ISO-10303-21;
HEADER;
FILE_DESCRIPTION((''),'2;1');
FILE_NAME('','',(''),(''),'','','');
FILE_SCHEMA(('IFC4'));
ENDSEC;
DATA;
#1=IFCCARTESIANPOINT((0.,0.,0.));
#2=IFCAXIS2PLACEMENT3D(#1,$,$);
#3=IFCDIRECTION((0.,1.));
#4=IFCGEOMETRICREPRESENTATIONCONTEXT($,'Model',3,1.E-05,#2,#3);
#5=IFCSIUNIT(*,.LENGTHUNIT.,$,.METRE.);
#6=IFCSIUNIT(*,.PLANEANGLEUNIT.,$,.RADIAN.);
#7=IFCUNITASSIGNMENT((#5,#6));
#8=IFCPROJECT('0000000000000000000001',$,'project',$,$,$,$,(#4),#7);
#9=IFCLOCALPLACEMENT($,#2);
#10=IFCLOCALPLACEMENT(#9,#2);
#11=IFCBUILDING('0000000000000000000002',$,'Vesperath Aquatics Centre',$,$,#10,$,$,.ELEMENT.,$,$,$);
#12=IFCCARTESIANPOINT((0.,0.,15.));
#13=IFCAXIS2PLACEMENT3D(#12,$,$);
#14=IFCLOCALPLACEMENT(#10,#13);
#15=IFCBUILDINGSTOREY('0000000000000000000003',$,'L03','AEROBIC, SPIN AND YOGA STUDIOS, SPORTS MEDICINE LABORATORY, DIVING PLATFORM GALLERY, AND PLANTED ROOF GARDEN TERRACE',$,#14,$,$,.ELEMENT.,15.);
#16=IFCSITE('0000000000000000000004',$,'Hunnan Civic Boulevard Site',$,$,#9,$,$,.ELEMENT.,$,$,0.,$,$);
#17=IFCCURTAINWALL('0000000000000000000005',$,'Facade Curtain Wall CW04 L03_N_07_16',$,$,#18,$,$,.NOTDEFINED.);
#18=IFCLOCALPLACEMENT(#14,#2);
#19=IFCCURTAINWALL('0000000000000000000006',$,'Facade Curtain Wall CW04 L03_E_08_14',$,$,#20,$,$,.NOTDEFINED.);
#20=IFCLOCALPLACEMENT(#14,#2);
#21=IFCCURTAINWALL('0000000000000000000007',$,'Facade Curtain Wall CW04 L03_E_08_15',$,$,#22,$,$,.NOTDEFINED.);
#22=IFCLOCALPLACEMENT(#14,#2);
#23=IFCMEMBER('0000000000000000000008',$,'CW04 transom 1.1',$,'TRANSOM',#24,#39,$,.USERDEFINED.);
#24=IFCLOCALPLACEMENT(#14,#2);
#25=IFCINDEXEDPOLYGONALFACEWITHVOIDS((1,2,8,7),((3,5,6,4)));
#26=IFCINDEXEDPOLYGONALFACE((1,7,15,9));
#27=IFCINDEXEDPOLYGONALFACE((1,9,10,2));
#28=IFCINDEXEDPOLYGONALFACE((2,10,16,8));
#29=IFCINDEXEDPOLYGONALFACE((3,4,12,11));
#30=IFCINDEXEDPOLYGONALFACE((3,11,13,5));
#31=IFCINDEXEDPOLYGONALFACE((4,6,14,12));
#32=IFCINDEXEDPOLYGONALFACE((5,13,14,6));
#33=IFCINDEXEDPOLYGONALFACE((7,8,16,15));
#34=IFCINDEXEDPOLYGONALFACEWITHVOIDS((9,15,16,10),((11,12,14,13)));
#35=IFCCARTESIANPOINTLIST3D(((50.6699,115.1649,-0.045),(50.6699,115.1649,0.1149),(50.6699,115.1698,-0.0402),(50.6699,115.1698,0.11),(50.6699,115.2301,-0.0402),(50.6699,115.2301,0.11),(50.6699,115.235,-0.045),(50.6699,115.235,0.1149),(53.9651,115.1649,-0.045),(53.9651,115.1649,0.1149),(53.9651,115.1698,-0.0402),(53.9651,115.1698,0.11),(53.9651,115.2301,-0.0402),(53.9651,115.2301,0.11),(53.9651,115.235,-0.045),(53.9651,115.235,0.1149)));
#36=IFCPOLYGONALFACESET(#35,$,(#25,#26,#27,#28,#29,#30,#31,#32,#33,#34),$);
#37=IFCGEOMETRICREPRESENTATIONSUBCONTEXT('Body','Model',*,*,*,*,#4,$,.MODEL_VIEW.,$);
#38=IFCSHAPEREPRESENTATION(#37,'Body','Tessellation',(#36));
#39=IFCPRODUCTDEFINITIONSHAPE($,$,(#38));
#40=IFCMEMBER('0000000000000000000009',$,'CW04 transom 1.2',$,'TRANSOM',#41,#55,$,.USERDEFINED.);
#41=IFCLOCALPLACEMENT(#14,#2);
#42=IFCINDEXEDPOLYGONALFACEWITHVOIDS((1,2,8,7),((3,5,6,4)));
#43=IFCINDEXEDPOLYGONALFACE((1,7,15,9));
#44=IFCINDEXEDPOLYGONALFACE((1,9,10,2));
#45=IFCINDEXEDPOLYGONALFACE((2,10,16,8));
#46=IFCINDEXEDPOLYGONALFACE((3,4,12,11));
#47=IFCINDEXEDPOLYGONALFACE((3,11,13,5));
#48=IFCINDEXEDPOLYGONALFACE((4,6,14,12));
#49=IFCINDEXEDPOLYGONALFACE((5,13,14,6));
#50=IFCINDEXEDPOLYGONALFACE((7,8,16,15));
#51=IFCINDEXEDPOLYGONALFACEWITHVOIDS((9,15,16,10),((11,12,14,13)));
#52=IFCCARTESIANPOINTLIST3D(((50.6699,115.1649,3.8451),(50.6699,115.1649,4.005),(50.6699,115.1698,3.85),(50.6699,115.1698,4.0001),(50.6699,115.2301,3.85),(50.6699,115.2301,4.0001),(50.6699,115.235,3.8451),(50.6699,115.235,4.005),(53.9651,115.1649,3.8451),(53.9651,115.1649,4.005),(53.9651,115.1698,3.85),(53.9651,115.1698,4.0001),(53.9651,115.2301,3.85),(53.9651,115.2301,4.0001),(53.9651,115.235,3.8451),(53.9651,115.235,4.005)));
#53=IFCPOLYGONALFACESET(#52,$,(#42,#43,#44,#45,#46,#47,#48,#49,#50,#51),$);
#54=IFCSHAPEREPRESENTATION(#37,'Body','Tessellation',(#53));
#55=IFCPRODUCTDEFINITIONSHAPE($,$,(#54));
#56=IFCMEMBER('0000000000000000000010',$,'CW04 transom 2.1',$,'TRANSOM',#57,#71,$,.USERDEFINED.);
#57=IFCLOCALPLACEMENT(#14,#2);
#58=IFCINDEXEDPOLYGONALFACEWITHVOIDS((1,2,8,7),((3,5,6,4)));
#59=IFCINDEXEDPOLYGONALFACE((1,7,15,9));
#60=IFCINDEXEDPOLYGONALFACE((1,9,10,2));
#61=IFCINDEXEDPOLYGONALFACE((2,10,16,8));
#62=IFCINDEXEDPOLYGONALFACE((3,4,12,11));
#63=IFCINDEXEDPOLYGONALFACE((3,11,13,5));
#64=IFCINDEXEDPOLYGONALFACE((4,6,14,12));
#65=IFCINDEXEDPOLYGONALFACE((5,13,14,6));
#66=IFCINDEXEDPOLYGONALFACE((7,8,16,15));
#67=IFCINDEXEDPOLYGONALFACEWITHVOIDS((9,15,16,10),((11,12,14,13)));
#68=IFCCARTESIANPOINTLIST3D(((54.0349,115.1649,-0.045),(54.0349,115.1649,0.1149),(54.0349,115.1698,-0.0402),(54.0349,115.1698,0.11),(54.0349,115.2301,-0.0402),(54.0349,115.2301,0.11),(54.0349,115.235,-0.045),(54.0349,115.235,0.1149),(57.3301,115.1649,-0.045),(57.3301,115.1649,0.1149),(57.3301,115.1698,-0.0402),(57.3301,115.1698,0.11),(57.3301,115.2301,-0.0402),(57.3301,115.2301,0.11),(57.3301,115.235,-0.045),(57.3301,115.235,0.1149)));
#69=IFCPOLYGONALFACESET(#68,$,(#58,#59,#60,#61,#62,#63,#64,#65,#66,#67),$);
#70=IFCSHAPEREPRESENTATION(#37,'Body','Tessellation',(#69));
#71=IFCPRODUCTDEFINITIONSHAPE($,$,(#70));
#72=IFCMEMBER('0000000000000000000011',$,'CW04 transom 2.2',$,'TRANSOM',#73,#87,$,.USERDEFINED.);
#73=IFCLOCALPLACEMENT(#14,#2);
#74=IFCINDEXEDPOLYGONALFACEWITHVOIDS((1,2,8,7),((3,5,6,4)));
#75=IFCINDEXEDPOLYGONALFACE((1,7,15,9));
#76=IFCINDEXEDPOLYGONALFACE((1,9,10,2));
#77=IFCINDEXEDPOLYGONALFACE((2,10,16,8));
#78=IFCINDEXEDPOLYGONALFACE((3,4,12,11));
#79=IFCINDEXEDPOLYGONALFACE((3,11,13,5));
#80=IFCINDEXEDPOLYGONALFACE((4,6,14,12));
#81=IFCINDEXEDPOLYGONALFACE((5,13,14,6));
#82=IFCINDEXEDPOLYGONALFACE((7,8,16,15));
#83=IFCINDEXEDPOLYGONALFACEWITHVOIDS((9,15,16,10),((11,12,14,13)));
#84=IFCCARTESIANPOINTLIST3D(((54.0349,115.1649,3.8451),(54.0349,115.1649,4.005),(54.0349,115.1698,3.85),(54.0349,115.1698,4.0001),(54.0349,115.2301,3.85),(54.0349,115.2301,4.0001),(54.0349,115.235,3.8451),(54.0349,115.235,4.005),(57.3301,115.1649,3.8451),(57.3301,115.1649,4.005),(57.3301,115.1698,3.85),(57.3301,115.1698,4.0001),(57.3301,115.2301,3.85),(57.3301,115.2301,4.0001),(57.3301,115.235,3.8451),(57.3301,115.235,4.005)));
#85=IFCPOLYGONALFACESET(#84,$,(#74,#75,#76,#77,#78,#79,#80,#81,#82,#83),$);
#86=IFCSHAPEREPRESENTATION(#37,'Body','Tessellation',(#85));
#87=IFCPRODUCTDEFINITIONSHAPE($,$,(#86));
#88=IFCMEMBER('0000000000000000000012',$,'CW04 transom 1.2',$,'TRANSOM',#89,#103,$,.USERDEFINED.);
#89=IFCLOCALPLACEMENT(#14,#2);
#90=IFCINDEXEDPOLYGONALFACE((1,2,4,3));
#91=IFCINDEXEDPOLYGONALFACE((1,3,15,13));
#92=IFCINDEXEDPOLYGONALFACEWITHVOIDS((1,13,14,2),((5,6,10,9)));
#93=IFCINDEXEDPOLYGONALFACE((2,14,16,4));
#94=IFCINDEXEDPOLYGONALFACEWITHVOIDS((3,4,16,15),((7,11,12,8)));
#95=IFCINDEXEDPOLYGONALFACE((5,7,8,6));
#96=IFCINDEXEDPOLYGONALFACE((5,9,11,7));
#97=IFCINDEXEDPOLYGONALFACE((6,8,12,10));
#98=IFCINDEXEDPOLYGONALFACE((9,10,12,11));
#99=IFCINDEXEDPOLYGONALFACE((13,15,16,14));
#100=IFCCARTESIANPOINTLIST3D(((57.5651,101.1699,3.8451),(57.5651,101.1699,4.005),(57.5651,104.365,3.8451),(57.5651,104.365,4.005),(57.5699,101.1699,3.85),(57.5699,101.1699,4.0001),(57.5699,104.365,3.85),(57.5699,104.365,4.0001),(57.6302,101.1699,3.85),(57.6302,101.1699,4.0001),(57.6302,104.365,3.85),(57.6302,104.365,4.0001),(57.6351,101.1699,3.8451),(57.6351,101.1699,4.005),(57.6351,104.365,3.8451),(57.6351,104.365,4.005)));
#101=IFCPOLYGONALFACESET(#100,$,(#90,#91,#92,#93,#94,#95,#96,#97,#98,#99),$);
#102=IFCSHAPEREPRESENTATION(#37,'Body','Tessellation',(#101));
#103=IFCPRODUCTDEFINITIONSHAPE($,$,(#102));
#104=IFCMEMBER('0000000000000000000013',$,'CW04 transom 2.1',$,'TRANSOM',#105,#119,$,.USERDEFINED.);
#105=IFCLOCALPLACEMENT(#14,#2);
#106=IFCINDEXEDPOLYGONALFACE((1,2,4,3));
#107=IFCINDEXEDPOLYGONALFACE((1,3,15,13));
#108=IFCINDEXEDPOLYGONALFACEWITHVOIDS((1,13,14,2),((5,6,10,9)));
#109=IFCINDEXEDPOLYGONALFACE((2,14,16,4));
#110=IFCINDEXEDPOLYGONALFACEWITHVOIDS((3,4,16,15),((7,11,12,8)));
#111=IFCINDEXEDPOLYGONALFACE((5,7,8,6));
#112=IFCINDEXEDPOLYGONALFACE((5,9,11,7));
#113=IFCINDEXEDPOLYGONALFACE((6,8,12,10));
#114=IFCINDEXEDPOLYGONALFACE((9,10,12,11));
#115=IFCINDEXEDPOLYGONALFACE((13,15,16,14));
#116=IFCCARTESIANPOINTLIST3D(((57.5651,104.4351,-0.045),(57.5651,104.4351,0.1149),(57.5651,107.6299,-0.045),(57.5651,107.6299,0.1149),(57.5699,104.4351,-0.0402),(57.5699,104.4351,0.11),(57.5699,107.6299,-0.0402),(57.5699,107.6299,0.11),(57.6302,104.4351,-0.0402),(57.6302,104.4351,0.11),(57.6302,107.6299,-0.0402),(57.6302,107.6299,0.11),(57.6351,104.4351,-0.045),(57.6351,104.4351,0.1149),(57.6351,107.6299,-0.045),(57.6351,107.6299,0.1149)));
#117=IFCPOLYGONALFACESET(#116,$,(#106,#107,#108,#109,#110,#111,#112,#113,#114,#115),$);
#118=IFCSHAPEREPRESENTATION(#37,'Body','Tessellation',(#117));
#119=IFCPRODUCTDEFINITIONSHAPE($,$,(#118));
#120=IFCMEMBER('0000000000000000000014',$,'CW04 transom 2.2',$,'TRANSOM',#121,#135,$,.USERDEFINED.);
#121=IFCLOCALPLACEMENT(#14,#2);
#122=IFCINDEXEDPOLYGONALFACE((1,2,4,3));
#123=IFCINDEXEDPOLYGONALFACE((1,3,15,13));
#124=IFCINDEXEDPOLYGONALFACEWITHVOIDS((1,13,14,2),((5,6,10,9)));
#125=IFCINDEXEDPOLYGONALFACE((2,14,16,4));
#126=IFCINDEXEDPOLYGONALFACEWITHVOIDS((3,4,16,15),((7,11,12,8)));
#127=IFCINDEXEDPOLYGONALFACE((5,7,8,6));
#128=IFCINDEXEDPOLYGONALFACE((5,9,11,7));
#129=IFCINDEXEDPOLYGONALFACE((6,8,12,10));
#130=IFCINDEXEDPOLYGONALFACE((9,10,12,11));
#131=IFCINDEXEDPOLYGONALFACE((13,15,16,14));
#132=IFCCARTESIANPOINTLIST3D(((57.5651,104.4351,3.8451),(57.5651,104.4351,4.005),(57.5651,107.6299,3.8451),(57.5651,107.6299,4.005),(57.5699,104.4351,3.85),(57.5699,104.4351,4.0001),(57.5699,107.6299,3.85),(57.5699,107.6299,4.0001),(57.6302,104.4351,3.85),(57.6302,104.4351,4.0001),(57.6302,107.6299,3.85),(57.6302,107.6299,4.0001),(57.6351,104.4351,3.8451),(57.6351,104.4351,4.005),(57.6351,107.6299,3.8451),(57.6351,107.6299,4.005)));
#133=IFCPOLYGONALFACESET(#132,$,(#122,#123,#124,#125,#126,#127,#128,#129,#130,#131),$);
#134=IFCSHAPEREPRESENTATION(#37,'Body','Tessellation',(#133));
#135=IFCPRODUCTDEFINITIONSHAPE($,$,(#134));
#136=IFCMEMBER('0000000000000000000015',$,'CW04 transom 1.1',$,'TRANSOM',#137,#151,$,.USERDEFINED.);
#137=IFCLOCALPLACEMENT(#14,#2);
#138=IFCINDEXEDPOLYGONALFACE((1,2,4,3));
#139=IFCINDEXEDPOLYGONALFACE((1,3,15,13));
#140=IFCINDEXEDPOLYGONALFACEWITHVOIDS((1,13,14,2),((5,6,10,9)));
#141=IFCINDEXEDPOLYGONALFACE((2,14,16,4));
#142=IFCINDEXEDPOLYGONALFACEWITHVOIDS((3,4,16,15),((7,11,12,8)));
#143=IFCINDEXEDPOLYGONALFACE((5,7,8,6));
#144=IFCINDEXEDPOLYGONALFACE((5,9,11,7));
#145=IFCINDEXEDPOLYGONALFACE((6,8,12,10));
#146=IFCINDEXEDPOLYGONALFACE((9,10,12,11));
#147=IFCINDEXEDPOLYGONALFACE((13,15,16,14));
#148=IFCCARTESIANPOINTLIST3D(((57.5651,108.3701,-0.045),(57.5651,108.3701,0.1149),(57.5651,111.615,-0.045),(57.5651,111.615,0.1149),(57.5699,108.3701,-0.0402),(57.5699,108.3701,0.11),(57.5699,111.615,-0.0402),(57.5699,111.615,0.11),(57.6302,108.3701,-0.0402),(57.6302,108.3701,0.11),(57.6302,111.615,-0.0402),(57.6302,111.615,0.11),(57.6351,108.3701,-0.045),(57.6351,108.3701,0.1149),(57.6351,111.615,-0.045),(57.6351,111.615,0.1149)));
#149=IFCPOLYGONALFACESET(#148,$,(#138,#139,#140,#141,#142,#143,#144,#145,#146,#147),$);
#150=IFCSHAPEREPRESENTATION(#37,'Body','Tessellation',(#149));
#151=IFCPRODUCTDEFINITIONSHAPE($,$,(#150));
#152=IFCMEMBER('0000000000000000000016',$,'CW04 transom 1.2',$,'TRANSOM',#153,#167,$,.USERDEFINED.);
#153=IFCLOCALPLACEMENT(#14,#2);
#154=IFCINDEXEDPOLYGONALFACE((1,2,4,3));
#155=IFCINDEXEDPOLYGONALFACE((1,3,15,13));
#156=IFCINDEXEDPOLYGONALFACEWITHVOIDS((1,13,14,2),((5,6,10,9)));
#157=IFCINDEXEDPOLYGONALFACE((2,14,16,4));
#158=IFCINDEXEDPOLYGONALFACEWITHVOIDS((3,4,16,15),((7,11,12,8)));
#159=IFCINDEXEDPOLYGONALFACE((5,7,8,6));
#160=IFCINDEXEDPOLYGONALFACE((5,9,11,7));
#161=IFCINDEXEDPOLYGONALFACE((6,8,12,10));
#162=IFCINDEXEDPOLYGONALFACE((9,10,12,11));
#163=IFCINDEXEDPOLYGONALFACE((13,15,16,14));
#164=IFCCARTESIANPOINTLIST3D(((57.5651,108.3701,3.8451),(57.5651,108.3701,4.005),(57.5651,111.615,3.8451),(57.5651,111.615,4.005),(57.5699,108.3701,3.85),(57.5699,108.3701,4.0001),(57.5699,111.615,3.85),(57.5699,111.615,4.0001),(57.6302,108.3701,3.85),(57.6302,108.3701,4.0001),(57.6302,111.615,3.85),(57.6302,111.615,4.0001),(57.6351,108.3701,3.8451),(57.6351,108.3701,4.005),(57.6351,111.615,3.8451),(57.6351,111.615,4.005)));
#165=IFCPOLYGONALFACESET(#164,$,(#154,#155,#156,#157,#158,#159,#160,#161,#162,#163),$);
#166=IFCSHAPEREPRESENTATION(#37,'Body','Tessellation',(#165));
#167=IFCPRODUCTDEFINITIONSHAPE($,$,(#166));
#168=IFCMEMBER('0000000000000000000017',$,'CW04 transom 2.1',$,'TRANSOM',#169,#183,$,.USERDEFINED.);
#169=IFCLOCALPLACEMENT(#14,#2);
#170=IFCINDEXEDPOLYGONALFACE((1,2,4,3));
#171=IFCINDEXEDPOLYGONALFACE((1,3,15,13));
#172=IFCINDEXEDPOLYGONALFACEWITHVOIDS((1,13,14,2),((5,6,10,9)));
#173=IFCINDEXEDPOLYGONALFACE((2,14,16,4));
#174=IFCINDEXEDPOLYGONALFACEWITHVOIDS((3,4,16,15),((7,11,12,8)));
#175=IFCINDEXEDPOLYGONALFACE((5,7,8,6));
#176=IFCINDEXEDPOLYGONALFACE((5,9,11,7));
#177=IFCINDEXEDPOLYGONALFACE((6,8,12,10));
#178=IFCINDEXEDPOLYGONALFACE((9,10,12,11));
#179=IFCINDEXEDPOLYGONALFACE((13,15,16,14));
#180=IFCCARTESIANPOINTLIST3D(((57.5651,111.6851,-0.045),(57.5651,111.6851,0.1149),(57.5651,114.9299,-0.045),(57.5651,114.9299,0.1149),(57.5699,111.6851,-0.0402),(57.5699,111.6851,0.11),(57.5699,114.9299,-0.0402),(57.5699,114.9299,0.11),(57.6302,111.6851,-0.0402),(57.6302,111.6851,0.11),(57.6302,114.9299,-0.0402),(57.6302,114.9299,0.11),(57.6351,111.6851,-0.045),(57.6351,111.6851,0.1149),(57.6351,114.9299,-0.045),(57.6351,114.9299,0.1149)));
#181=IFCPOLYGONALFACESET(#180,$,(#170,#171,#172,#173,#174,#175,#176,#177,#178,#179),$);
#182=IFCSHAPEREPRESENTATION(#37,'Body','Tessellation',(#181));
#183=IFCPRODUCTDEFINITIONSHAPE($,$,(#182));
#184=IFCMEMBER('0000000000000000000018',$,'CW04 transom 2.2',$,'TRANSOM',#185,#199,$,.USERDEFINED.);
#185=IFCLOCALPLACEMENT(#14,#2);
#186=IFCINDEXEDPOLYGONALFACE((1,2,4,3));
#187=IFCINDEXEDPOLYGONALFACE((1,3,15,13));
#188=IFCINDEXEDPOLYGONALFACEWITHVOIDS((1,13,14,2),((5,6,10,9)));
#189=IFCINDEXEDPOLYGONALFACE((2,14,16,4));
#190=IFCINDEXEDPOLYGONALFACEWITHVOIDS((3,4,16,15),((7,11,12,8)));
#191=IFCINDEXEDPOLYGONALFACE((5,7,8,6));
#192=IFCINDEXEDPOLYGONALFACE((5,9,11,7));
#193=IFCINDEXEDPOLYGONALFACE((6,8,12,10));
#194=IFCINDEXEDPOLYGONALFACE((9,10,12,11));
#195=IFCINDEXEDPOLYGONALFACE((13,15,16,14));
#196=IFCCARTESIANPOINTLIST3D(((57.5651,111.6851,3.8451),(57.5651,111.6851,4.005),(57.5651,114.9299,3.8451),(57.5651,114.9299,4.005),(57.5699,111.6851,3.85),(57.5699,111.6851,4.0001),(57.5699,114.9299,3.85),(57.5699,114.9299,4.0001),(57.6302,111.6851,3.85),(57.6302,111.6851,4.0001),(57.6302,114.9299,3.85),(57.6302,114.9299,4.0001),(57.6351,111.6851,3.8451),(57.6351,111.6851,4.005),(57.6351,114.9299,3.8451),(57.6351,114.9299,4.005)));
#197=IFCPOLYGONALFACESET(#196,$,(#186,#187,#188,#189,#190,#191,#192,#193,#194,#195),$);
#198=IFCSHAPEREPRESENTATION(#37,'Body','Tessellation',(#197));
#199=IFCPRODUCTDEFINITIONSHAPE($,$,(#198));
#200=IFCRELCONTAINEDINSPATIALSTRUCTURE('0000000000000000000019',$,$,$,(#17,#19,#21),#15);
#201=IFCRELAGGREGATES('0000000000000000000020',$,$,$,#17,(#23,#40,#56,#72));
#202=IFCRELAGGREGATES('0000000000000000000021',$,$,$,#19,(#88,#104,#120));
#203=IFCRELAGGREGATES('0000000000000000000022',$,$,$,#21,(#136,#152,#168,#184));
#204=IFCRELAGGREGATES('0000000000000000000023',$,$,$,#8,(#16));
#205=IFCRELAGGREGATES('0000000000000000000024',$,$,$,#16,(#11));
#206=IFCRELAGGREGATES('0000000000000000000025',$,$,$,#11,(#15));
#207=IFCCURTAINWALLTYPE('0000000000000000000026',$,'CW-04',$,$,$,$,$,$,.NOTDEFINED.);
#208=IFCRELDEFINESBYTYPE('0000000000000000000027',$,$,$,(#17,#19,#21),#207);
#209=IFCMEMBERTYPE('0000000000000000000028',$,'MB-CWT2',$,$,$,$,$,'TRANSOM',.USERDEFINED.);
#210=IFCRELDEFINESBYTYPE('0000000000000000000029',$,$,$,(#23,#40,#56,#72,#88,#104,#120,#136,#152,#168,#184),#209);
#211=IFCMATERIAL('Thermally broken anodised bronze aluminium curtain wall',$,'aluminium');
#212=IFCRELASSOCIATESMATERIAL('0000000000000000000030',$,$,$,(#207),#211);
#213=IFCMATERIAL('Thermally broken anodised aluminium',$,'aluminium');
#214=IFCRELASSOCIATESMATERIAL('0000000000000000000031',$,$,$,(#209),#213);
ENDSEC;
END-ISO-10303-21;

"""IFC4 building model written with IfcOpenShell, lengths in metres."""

from ifc_helpers import new_model, si_unit, direction, frame, origin, origin_2d, place, context, subcontext, project, spatial, hollow_rectangle, extrude, material, material_profile, profile_set, type_object, element, aggregate, save


model = new_model("IFC4")

# Units and contexts
model_context = context("Model", 3, precision=1e-05, world=origin(), true_north=direction((0.0, 1.0)))
body_context = subcontext(model_context, "Body", "Model", "MODEL_VIEW")
ifc_project = project(units=[si_unit("LENGTHUNIT", "METRE"), si_unit("PLANEANGLEUNIT", "RADIAN")], contexts=[model_context])

# Site, building, storey
site_placement = place(None, origin())
site = spatial("IfcSite", under=ifc_project, at=site_placement, Name="Hunnan Civic Boulevard Site", CompositionType="ELEMENT", RefElevation=0.0)
building_placement = place(site_placement, origin())
building = spatial("IfcBuilding", under=site, at=building_placement, Name="Vesperath Aquatics Centre", CompositionType="ELEMENT")
storey_placement = place(building_placement, frame((0.0, 0.0, 15.0)))
storey = spatial("IfcBuildingStorey", under=building, at=storey_placement, Name="L03", Description="AEROBIC, SPIN AND YOGA STUDIOS, SPORTS MEDICINE LABORATORY, DIVING PLATFORM GALLERY, AND PLANTED ROOF GARDEN TERRACE", CompositionType="ELEMENT", Elevation=15.0)

# Curtain walls
ifc_material_1 = material(Name="Thermally broken anodised bronze aluminium curtain wall", Category="aluminium")
curtain_wall_type = type_object("IfcCurtainWallType", Name="CW-04", PredefinedType="NOTDEFINED", material=ifc_material_1)
curtain_wall_1_placement = place(storey_placement, origin())
curtain_wall_1 = element("IfcCurtainWall", 1, at=curtain_wall_1_placement, inside=storey, type_object=curtain_wall_type, Name="Facade Curtain Wall CW04 L03_N_07_16", PredefinedType="NOTDEFINED")
ifc_material_2 = material(Name="Thermally broken anodised aluminium", Category="aluminium")
curtain_wall_2_placement = place(storey_placement, origin())
curtain_wall_2 = element("IfcCurtainWall", 2, at=curtain_wall_2_placement, inside=storey, type_object=curtain_wall_type, Name="Facade Curtain Wall CW04 L03_E_08_14", PredefinedType="NOTDEFINED")
curtain_wall_3_placement = place(storey_placement, origin())
curtain_wall_3 = element("IfcCurtainWall", 3, at=curtain_wall_3_placement, inside=storey, type_object=curtain_wall_type, Name="Facade Curtain Wall CW04 L03_E_08_15", PredefinedType="NOTDEFINED")

# Members
ifc_material_profile_1 = material_profile(ifc_material_2, hollow_rectangle(XDim=0.0701, YDim=0.1599, WallThickness=0.0049, at=origin_2d()), Name="CWT 70x160x5")
ifc_profile_set_1 = profile_set([ifc_material_profile_1], Name="Thermally broken anodised aluminium")
member_type_1 = type_object("IfcMemberType", Name="MB-CWT2", ElementType="TRANSOM", PredefinedType="USERDEFINED", material=ifc_profile_set_1)
member_1_placement = place(storey_placement, frame((50.6699, 115.2, 0.0349), z_axis=(1.0, 0.0, 0.0), x_axis=(0.0, 1.0, 0.0)))
member_1 = element("IfcMember", 4, at=member_1_placement, type_object=member_type_1, Name="CW04 transom 1.1", ObjectType="TRANSOM", PredefinedType="USERDEFINED", context=body_context, shape_type="SweptSolid", body=[
    extrude(hollow_rectangle(XDim=0.0701, YDim=0.1599, WallThickness=0.0049, at=origin_2d()), origin(), (0.0, 0.0, 1.0), 3.2952),
])
member_2_placement = place(storey_placement, frame((50.6699, 115.2, 3.925), z_axis=(1.0, 0.0, 0.0), x_axis=(0.0, 1.0, 0.0)))
member_2 = element("IfcMember", 5, at=member_2_placement, type_object=member_type_1, Name="CW04 transom 1.2", ObjectType="TRANSOM", PredefinedType="USERDEFINED", context=body_context, shape_type="SweptSolid", body=[
    extrude(hollow_rectangle(XDim=0.0701, YDim=0.1599, WallThickness=0.0049, at=origin_2d()), origin(), (0.0, 0.0, 1.0), 3.2952),
])
member_3_placement = place(storey_placement, frame((54.0349, 115.2, 0.0349), z_axis=(1.0, 0.0, 0.0), x_axis=(0.0, 1.0, 0.0)))
member_3 = element("IfcMember", 6, at=member_3_placement, type_object=member_type_1, Name="CW04 transom 2.1", ObjectType="TRANSOM", PredefinedType="USERDEFINED", context=body_context, shape_type="SweptSolid", body=[
    extrude(hollow_rectangle(XDim=0.0701, YDim=0.1599, WallThickness=0.0049, at=origin_2d()), origin(), (0.0, 0.0, 1.0), 3.2952),
])
member_4_placement = place(storey_placement, frame((54.0349, 115.2, 3.925), z_axis=(1.0, 0.0, 0.0), x_axis=(0.0, 1.0, 0.0)))
member_4 = element("IfcMember", 7, at=member_4_placement, type_object=member_type_1, Name="CW04 transom 2.2", ObjectType="TRANSOM", PredefinedType="USERDEFINED", context=body_context, shape_type="SweptSolid", body=[
    extrude(hollow_rectangle(XDim=0.0701, YDim=0.1599, WallThickness=0.0049, at=origin_2d()), origin(), (0.0, 0.0, 1.0), 3.2952),
])
member_5_placement = place(storey_placement, frame((57.6001, 101.1699, 3.925), z_axis=(0.0, 1.0, 0.0), x_axis=(-1.0, 0.0, 0.0)))
member_5 = element("IfcMember", 8, at=member_5_placement, type_object=member_type_1, Name="CW04 transom 1.2", ObjectType="TRANSOM", PredefinedType="USERDEFINED", context=body_context, shape_type="SweptSolid", body=[
    extrude(hollow_rectangle(XDim=0.0701, YDim=0.1599, WallThickness=0.0049, at=origin_2d()), origin(), (0.0, 0.0, 1.0), 3.1951),
])
member_6_placement = place(storey_placement, frame((57.6001, 104.4351, 0.0349), z_axis=(0.0, 1.0, 0.0), x_axis=(-1.0, 0.0, 0.0)))
member_6 = element("IfcMember", 9, at=member_6_placement, type_object=member_type_1, Name="CW04 transom 2.1", ObjectType="TRANSOM", PredefinedType="USERDEFINED", context=body_context, shape_type="SweptSolid", body=[
    extrude(hollow_rectangle(XDim=0.0701, YDim=0.1599, WallThickness=0.0049, at=origin_2d()), origin(), (0.0, 0.0, 1.0), 3.1948),
])
member_7_placement = place(storey_placement, frame((57.6001, 104.4351, 3.925), z_axis=(0.0, 1.0, 0.0), x_axis=(-1.0, 0.0, 0.0)))
member_7 = element("IfcMember", 10, at=member_7_placement, type_object=member_type_1, Name="CW04 transom 2.2", ObjectType="TRANSOM", PredefinedType="USERDEFINED", context=body_context, shape_type="SweptSolid", body=[
    extrude(hollow_rectangle(XDim=0.0701, YDim=0.1599, WallThickness=0.0049, at=origin_2d()), origin(), (0.0, 0.0, 1.0), 3.1948),
])
member_8_placement = place(storey_placement, frame((57.6001, 108.3701, 0.0349), z_axis=(0.0, 1.0, 0.0), x_axis=(-1.0, 0.0, 0.0)))
member_8 = element("IfcMember", 11, at=member_8_placement, type_object=member_type_1, Name="CW04 transom 1.1", ObjectType="TRANSOM", PredefinedType="USERDEFINED", context=body_context, shape_type="SweptSolid", body=[
    extrude(hollow_rectangle(XDim=0.0701, YDim=0.1599, WallThickness=0.0049, at=origin_2d()), origin(), (0.0, 0.0, 1.0), 3.2449),
])
member_9_placement = place(storey_placement, frame((57.6001, 108.3701, 3.925), z_axis=(0.0, 1.0, 0.0), x_axis=(-1.0, 0.0, 0.0)))
member_9 = element("IfcMember", 12, at=member_9_placement, type_object=member_type_1, Name="CW04 transom 1.2", ObjectType="TRANSOM", PredefinedType="USERDEFINED", context=body_context, shape_type="SweptSolid", body=[
    extrude(hollow_rectangle(XDim=0.0701, YDim=0.1599, WallThickness=0.0049, at=origin_2d()), origin(), (0.0, 0.0, 1.0), 3.2449),
])
member_10_placement = place(storey_placement, frame((57.6001, 111.6851, 0.0349), z_axis=(0.0, 1.0, 0.0), x_axis=(-1.0, 0.0, 0.0)))
member_10 = element("IfcMember", 13, at=member_10_placement, type_object=member_type_1, Name="CW04 transom 2.1", ObjectType="TRANSOM", PredefinedType="USERDEFINED", context=body_context, shape_type="SweptSolid", body=[
    extrude(hollow_rectangle(XDim=0.0701, YDim=0.1599, WallThickness=0.0049, at=origin_2d()), origin(), (0.0, 0.0, 1.0), 3.2449),
])
member_11_placement = place(storey_placement, frame((57.6001, 111.6851, 3.925), z_axis=(0.0, 1.0, 0.0), x_axis=(-1.0, 0.0, 0.0)))
member_11 = element("IfcMember", 14, at=member_11_placement, type_object=member_type_1, Name="CW04 transom 2.2", ObjectType="TRANSOM", PredefinedType="USERDEFINED", context=body_context, shape_type="SweptSolid", body=[
    extrude(hollow_rectangle(XDim=0.0701, YDim=0.1599, WallThickness=0.0049, at=origin_2d()), origin(), (0.0, 0.0, 1.0), 3.2449),
])

aggregate(curtain_wall_1, [member_1, member_2, member_3, member_4])
aggregate(curtain_wall_2, [member_5, member_6, member_7])
aggregate(curtain_wall_3, [member_8, member_9, member_10, member_11])

save(model, "model.ifc")
